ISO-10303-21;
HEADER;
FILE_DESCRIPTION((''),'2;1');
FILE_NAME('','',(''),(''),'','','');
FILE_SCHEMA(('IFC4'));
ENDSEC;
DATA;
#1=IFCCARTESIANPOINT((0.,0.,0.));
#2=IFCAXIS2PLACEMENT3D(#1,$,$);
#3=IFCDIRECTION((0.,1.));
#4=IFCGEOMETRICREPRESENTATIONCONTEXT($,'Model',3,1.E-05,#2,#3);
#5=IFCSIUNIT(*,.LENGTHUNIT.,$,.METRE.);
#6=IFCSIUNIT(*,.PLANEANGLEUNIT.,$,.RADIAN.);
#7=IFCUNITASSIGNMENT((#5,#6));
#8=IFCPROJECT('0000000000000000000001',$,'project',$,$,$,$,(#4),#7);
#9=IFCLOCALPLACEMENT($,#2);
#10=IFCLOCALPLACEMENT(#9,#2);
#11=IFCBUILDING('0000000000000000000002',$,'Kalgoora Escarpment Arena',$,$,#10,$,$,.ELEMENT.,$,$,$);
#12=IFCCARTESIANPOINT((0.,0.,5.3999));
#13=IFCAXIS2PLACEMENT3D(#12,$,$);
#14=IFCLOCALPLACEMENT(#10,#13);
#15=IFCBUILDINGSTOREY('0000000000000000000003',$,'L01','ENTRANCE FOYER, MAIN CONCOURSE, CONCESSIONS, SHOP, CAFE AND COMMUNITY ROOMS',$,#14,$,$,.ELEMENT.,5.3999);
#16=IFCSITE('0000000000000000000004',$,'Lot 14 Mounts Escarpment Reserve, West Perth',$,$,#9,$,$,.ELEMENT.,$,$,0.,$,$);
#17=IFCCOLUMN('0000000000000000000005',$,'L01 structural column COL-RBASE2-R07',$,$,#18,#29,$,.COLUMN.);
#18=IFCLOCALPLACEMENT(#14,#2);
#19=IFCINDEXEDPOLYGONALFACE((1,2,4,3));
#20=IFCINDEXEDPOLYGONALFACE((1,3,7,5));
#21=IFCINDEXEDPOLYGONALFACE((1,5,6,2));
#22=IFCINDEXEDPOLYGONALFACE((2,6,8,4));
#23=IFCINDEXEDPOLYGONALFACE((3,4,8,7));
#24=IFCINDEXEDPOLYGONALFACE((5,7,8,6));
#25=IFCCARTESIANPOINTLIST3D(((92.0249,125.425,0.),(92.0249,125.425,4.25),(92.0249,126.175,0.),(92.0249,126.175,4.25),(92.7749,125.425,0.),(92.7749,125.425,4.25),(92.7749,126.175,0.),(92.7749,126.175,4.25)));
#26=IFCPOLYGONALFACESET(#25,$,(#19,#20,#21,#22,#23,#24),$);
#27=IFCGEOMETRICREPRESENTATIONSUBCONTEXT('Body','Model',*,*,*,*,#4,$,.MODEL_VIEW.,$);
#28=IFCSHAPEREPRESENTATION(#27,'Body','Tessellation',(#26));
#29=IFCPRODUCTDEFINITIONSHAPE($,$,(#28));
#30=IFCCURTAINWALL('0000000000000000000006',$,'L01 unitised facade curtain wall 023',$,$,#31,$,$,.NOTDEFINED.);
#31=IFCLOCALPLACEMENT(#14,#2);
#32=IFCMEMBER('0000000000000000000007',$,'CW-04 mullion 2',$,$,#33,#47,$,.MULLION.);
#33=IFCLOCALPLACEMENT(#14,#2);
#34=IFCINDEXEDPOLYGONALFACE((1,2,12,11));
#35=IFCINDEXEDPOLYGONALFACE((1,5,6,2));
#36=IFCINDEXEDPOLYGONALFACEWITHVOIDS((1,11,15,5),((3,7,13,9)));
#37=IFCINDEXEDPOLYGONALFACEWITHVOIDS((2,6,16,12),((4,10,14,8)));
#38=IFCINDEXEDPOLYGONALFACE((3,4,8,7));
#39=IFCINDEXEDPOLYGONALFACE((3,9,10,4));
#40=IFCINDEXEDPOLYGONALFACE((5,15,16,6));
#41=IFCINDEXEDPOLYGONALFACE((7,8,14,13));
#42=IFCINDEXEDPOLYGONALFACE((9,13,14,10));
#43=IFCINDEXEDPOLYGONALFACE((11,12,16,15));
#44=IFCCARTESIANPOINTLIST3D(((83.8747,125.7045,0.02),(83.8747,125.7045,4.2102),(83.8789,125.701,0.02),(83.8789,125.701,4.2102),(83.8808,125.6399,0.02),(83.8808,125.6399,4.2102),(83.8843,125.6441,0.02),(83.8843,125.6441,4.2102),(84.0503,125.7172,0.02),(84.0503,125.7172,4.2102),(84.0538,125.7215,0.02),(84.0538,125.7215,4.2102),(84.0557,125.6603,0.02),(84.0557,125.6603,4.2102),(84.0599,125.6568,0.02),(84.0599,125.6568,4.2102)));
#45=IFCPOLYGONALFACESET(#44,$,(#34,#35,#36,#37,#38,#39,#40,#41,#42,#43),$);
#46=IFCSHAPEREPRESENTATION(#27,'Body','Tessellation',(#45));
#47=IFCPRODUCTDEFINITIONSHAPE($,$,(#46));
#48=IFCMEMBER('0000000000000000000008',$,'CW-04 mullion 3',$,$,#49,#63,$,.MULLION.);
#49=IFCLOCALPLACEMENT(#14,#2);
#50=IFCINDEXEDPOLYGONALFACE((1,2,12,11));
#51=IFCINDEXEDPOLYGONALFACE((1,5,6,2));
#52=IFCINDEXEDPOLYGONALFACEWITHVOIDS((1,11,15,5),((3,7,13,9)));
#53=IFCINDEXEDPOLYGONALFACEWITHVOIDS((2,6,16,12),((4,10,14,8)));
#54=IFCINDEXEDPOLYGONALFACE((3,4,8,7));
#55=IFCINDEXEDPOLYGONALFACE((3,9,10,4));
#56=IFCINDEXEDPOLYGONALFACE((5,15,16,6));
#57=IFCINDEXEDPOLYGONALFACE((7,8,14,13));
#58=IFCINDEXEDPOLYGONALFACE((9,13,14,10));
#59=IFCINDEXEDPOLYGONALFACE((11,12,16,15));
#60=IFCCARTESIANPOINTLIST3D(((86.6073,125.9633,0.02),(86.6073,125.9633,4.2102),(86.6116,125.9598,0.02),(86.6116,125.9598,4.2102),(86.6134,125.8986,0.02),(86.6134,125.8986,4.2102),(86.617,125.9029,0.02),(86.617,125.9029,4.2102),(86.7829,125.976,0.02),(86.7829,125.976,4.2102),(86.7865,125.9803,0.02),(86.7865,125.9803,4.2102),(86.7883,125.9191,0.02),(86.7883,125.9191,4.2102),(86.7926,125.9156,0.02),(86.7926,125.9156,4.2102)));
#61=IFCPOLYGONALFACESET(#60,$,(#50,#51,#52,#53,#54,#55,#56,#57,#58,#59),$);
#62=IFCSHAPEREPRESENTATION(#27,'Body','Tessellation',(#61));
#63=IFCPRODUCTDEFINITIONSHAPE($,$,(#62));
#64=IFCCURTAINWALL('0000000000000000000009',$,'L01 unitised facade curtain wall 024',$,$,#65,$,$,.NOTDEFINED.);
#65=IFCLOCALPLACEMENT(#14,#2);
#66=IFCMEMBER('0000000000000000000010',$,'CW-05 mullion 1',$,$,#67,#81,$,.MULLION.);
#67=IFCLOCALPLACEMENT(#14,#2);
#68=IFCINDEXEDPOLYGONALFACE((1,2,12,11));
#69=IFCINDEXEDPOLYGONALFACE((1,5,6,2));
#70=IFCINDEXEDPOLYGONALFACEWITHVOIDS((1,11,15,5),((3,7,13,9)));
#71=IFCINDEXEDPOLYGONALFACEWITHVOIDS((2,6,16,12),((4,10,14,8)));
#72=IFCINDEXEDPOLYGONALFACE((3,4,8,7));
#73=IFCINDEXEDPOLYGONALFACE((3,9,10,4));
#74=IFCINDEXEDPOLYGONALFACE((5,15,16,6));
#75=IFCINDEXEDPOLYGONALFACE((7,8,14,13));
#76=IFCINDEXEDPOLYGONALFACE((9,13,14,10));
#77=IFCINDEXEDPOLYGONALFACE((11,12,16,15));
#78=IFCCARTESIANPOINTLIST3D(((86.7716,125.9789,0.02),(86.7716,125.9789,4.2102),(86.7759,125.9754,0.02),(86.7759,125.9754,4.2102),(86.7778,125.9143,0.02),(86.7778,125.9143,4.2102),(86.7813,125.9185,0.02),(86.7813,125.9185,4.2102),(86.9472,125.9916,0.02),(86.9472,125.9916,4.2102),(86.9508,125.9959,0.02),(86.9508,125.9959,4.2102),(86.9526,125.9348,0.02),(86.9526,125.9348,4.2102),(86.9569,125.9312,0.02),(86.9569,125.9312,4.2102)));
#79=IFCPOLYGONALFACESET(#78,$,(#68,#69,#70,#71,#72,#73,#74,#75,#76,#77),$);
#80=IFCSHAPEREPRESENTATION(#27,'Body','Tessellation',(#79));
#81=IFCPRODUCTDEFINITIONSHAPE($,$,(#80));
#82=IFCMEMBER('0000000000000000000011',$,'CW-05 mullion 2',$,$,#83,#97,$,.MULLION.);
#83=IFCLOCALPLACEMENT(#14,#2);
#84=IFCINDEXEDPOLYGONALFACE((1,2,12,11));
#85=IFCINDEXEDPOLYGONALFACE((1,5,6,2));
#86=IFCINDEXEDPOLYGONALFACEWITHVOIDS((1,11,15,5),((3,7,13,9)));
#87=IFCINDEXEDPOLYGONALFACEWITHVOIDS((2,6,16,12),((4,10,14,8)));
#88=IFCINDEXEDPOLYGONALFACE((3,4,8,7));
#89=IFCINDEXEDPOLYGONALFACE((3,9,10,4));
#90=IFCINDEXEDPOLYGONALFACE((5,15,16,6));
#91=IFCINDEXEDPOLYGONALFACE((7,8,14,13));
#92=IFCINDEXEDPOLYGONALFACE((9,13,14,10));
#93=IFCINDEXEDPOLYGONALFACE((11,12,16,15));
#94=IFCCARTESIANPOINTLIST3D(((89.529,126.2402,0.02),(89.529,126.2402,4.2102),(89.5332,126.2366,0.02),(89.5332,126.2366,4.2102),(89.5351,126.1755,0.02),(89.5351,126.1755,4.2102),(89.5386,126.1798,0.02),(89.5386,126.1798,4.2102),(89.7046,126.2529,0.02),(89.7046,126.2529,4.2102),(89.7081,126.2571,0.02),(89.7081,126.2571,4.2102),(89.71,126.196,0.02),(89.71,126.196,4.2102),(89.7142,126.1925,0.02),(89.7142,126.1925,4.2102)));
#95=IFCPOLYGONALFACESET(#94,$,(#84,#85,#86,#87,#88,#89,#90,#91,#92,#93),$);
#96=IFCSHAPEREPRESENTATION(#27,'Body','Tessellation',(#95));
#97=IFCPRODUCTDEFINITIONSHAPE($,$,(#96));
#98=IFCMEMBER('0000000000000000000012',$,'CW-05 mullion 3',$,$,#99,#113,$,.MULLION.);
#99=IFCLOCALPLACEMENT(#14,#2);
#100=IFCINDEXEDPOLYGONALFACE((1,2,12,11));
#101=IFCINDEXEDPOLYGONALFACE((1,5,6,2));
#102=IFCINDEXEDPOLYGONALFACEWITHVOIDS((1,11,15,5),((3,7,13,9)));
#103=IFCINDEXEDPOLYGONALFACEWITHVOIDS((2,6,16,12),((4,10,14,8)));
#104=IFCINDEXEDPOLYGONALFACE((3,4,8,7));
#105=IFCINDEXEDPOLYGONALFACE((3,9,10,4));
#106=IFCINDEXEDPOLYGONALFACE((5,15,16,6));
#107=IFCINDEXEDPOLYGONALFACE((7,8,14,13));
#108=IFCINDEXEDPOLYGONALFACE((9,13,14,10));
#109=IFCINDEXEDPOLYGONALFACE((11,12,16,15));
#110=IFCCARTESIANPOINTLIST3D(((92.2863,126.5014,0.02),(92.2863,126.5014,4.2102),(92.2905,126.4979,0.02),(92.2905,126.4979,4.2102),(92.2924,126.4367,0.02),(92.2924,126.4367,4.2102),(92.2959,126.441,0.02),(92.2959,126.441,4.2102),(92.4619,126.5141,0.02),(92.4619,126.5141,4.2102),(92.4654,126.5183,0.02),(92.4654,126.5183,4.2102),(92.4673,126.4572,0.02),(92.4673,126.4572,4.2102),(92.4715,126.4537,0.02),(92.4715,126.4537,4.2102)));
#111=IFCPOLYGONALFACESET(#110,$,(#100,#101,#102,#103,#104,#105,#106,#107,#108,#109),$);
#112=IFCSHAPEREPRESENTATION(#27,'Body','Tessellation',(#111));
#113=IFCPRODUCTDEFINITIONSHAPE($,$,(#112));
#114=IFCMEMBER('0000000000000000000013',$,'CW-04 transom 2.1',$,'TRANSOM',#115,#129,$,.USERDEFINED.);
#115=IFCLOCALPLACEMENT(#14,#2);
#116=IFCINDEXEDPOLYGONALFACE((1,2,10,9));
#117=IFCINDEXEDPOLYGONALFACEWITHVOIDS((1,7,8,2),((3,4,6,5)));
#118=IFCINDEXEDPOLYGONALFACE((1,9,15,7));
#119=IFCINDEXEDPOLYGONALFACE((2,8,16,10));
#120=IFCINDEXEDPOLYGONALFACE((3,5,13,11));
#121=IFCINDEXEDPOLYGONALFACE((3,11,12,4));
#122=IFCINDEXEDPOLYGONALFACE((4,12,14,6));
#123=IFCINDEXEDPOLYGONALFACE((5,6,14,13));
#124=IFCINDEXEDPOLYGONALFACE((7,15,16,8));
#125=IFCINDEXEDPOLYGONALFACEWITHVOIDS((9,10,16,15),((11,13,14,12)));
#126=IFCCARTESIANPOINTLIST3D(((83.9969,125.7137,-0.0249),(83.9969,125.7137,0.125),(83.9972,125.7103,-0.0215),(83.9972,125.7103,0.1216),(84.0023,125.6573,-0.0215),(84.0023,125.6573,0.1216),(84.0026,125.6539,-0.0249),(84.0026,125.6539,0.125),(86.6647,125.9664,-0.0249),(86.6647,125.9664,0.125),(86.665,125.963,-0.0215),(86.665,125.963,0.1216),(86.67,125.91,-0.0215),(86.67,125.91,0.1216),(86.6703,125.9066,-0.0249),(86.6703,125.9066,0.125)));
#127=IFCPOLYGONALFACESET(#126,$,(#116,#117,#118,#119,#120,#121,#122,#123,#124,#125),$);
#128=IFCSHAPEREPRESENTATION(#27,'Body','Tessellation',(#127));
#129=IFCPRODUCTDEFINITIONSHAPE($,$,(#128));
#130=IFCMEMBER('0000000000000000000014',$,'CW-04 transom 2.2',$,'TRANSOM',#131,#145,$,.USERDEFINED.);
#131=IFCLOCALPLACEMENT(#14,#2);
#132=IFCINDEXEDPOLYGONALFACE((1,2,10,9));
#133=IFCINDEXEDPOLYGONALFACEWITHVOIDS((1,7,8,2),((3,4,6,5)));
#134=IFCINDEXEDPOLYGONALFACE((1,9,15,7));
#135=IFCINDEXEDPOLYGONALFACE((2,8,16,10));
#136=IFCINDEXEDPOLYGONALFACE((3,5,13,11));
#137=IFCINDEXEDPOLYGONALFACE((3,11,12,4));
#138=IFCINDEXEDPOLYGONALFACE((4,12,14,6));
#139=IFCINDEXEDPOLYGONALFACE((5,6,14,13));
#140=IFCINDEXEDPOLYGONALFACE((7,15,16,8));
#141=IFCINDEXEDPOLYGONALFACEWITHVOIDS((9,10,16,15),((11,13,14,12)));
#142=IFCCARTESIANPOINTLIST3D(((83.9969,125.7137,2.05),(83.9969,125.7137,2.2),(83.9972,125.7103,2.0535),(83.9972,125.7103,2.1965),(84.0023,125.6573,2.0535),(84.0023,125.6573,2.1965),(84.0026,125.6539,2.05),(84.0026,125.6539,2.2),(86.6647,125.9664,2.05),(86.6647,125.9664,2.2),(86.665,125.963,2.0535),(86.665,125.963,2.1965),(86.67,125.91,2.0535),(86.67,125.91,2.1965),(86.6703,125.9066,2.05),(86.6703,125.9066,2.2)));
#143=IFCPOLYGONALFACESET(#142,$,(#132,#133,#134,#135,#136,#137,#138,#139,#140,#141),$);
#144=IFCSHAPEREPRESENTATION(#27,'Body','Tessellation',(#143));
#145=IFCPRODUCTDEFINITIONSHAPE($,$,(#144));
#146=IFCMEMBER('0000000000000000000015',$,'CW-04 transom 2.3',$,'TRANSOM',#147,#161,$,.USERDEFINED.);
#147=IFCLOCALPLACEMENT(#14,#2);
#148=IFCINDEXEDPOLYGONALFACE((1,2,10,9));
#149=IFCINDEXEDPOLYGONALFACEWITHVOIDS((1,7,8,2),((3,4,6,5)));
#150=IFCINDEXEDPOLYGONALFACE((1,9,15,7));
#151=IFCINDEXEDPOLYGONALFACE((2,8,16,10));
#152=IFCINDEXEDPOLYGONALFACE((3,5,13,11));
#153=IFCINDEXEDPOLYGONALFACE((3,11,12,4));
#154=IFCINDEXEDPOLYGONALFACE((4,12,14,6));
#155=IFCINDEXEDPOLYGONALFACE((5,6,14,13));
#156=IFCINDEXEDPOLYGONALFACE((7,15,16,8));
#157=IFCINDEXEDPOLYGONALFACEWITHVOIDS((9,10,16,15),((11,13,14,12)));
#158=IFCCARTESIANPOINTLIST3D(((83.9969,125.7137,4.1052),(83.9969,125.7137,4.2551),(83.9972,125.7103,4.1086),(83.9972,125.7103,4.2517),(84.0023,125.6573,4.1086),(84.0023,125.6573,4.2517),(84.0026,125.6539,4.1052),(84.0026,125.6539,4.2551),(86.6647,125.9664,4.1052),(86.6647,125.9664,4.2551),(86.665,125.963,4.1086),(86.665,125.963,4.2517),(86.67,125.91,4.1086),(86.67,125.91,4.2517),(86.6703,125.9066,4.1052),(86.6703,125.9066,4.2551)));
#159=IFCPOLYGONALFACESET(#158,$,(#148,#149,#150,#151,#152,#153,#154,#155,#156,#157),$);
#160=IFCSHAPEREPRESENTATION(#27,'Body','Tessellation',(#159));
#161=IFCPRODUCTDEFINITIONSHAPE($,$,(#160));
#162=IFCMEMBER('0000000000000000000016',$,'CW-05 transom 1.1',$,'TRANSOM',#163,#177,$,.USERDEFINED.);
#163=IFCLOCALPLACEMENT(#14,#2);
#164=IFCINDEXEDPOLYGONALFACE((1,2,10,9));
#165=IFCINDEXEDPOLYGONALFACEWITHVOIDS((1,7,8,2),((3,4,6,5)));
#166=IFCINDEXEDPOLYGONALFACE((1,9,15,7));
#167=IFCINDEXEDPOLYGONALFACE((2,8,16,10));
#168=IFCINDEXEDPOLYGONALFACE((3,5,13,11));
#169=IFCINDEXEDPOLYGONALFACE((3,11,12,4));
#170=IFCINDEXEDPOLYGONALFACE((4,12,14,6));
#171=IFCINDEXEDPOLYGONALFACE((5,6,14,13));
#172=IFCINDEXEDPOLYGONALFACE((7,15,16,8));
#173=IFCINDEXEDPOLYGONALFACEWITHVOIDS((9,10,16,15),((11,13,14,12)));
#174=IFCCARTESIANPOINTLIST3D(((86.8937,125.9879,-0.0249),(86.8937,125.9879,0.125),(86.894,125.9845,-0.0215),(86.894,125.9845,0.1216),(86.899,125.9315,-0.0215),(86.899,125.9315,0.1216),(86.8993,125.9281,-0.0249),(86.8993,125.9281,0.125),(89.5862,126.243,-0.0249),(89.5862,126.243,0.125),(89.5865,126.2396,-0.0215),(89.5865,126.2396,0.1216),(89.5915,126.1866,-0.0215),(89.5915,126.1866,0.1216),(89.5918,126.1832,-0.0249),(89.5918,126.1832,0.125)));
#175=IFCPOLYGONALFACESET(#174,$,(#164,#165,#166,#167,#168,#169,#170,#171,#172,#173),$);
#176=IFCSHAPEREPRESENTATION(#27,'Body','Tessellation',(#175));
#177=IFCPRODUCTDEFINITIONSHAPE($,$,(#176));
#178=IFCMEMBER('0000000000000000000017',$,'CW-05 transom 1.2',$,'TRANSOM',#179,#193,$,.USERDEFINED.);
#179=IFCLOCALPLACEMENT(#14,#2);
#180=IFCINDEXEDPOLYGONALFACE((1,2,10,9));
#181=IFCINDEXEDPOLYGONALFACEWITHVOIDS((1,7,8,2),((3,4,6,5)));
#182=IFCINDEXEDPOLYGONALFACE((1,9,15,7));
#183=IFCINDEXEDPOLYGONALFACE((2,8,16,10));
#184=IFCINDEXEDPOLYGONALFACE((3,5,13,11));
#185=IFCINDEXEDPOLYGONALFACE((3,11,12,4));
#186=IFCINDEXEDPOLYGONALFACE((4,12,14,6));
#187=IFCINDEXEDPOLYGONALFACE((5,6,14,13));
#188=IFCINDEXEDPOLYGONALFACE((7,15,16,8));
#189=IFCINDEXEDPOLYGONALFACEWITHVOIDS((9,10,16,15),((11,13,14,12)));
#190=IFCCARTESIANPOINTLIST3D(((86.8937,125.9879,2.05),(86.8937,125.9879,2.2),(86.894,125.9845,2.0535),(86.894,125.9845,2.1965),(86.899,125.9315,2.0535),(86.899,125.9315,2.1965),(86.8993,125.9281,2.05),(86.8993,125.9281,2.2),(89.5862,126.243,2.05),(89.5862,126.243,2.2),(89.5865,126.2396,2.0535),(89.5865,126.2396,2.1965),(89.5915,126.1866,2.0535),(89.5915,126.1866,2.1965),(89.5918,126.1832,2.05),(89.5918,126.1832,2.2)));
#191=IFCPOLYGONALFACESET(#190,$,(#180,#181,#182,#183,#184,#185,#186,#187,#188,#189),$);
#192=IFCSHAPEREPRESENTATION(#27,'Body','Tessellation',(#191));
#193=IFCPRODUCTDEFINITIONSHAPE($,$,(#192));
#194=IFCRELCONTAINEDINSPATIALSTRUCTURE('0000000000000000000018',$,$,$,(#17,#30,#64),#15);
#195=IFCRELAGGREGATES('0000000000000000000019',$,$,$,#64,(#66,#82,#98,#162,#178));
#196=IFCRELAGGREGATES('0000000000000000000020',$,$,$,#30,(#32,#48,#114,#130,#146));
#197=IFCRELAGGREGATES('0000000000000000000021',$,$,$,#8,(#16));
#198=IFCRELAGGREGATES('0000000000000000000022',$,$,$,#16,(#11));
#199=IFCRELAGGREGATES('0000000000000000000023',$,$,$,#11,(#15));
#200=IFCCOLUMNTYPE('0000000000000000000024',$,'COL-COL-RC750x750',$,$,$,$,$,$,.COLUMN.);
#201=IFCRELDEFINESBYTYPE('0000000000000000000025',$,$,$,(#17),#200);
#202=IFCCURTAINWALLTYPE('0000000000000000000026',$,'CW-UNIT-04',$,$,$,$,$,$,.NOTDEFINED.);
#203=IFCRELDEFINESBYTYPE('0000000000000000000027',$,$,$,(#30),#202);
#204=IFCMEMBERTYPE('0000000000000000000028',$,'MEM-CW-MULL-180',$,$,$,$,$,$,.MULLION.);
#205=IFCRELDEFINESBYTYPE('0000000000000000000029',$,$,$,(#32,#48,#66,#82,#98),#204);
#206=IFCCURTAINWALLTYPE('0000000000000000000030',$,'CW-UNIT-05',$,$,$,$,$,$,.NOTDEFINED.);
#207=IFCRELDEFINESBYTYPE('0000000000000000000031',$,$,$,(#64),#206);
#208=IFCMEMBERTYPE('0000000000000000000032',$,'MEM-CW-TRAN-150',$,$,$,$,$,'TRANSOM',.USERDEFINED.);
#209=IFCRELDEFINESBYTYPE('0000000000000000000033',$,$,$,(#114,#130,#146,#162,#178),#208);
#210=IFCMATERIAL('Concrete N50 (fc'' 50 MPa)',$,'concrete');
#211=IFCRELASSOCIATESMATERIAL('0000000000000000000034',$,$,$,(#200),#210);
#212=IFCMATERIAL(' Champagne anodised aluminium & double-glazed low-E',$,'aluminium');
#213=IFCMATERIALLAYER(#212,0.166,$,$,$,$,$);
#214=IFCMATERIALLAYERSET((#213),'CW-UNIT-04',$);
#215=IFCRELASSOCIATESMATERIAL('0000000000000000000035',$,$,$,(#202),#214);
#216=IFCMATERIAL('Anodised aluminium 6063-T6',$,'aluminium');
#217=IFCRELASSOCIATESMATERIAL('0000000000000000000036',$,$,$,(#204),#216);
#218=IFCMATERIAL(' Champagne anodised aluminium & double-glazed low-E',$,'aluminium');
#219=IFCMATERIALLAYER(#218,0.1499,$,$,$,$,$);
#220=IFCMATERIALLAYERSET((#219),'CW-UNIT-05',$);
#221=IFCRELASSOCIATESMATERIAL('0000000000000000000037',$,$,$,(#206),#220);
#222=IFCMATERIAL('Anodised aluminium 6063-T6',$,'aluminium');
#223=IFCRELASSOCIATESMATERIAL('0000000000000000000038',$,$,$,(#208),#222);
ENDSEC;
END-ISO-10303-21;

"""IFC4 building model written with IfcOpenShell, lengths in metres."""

from ifc_helpers import new_model, si_unit, direction, frame, origin, origin_2d, place, context, subcontext, project, spatial, rectangle, hollow_rectangle, extrude, material, layer, layer_set, material_profile, profile_set, type_object, element, aggregate, save


model = new_model("IFC4")

# Units and contexts
model_context = context("Model", 3, precision=1e-05, world=origin(), true_north=direction((0.0, 1.0)))
body_context = subcontext(model_context, "Body", "Model", "MODEL_VIEW")
ifc_project = project(units=[si_unit("LENGTHUNIT", "METRE"), si_unit("PLANEANGLEUNIT", "RADIAN")], contexts=[model_context])

# Site, building, storey
site_placement = place(None, origin())
site = spatial("IfcSite", under=ifc_project, at=site_placement, Name="Lot 14 Mounts Escarpment Reserve, West Perth", CompositionType="ELEMENT", RefElevation=0.0)
building_placement = place(site_placement, origin())
building = spatial("IfcBuilding", under=site, at=building_placement, Name="Kalgoora Escarpment Arena", CompositionType="ELEMENT")
storey_placement = place(building_placement, frame((0.0, 0.0, 5.3999)))
storey = spatial("IfcBuildingStorey", under=building, at=storey_placement, Name="L01", Description="ENTRANCE FOYER, MAIN CONCOURSE, CONCESSIONS, SHOP, CAFE AND COMMUNITY ROOMS", CompositionType="ELEMENT", Elevation=5.3999)

# Column
ifc_material_1 = material(Name="Concrete N50 (fc' 50 MPa)", Category="concrete")
ifc_material_profile_1 = material_profile(ifc_material_1, rectangle(XDim=0.75, YDim=0.75, at=origin_2d()))
ifc_profile_set_1 = profile_set([ifc_material_profile_1], Name="Concrete N50 (fc' 50 MPa)")
column_type = type_object("IfcColumnType", Name="COL-COL-RC750x750", PredefinedType="COLUMN", material=ifc_profile_set_1)
column_placement = place(storey_placement, frame((92.3999, 125.8, 0.0), z_axis=(0.0, 0.0, 1.0), x_axis=(0.0, 1.0, 0.0)))
element("IfcColumn", 1, at=column_placement, inside=storey, type_object=column_type, Name="L01 structural column COL-RBASE2-R07", PredefinedType="COLUMN", context=body_context, shape_type="SweptSolid", body=[
    extrude(rectangle(XDim=0.75, YDim=0.75, at=origin_2d()), origin(), (0.0, 0.0, 1.0), 4.25),
])

# Curtain walls, members
ifc_material_2 = material(Name=" Champagne anodised aluminium & double-glazed low-E", Category="aluminium")
ifc_layer_1 = layer(ifc_material_2, 0.166)
ifc_layer_set_1 = layer_set([ifc_layer_1], Name="CW-UNIT-04")
curtain_wall_type_1 = type_object("IfcCurtainWallType", Name="CW-UNIT-04", PredefinedType="NOTDEFINED", material=ifc_layer_set_1)
curtain_wall_1_placement = place(storey_placement, origin())
curtain_wall_1 = element("IfcCurtainWall", 2, at=curtain_wall_1_placement, inside=storey, type_object=curtain_wall_type_1, Name="L01 unitised facade curtain wall 023", PredefinedType="NOTDEFINED")
ifc_material_3 = material(Name="Anodised aluminium 6063-T6", Category="aluminium")
ifc_material_profile_2 = material_profile(ifc_material_3, hollow_rectangle(XDim=0.0649, YDim=0.1799, WallThickness=0.0039, at=origin_2d()))
ifc_profile_set_2 = profile_set([ifc_material_profile_2], Name="Anodised aluminium 6063-T6")
member_type_1 = type_object("IfcMemberType", Name="MEM-CW-MULL-180", PredefinedType="MULLION", material=ifc_profile_set_2)
member_1_placement = place(storey_placement, frame((83.9673, 125.6807, 0.02), z_axis=(0.0, 0.0, 1.0), x_axis=(-0.094301, 0.995544, 0.0)))
member_1 = element("IfcMember", 3, at=member_1_placement, type_object=member_type_1, Name="CW-04 mullion 2", PredefinedType="MULLION", context=body_context, shape_type="SweptSolid", body=[
    extrude(hollow_rectangle(XDim=0.0649, YDim=0.1799, WallThickness=0.0039, at=origin_2d()), origin(), (0.0, 0.0, 1.0), 4.1902),
])
member_2_placement = place(storey_placement, frame((86.7, 125.9395, 0.02), z_axis=(0.0, 0.0, 1.0), x_axis=(-0.094301, 0.995544, 0.0)))
member_2 = element("IfcMember", 4, at=member_2_placement, type_object=member_type_1, Name="CW-04 mullion 3", PredefinedType="MULLION", context=body_context, shape_type="SweptSolid", body=[
    extrude(hollow_rectangle(XDim=0.0649, YDim=0.1799, WallThickness=0.0039, at=origin_2d()), origin(), (0.0, 0.0, 1.0), 4.1902),
])
ifc_material_4 = material(Name=" Champagne anodised aluminium & double-glazed low-E", Category="aluminium")
ifc_layer_2 = layer(ifc_material_4, 0.1499)
ifc_layer_set_2 = layer_set([ifc_layer_2], Name="CW-UNIT-05")
curtain_wall_type_2 = type_object("IfcCurtainWallType", Name="CW-UNIT-05", PredefinedType="NOTDEFINED", material=ifc_layer_set_2)
curtain_wall_2_placement = place(storey_placement, origin())
curtain_wall_2 = element("IfcCurtainWall", 5, at=curtain_wall_2_placement, inside=storey, type_object=curtain_wall_type_2, Name="L01 unitised facade curtain wall 024", PredefinedType="NOTDEFINED")
member_3_placement = place(storey_placement, frame((86.8643, 125.9551, 0.02), z_axis=(0.0, 0.0, 1.0), x_axis=(-0.0943, 0.995544, 0.0)))
member_3 = element("IfcMember", 6, at=member_3_placement, type_object=member_type_1, Name="CW-05 mullion 1", PredefinedType="MULLION", context=body_context, shape_type="SweptSolid", body=[
    extrude(hollow_rectangle(XDim=0.0649, YDim=0.1799, WallThickness=0.0039, at=origin_2d()), origin(), (0.0, 0.0, 1.0), 4.1902),
])
member_4_placement = place(storey_placement, frame((89.6216, 126.2163, 0.02), z_axis=(0.0, 0.0, 1.0), x_axis=(-0.0943, 0.995544, 0.0)))
member_4 = element("IfcMember", 7, at=member_4_placement, type_object=member_type_1, Name="CW-05 mullion 2", PredefinedType="MULLION", context=body_context, shape_type="SweptSolid", body=[
    extrude(hollow_rectangle(XDim=0.0649, YDim=0.1799, WallThickness=0.0039, at=origin_2d()), origin(), (0.0, 0.0, 1.0), 4.1902),
])
member_5_placement = place(storey_placement, frame((92.3789, 126.4775, 0.02), z_axis=(0.0, 0.0, 1.0), x_axis=(-0.0943, 0.995544, 0.0)))
member_5 = element("IfcMember", 8, at=member_5_placement, type_object=member_type_1, Name="CW-05 mullion 3", PredefinedType="MULLION", context=body_context, shape_type="SweptSolid", body=[
    extrude(hollow_rectangle(XDim=0.0649, YDim=0.1799, WallThickness=0.0039, at=origin_2d()), origin(), (0.0, 0.0, 1.0), 4.1902),
])

# Members
ifc_material_5 = material(Name="Anodised aluminium 6063-T6", Category="aluminium")
ifc_material_profile_3 = material_profile(ifc_material_5, hollow_rectangle(XDim=0.0601, YDim=0.1499, WallThickness=0.0034, at=origin_2d()))
ifc_profile_set_3 = profile_set([ifc_material_profile_3], Name="Anodised aluminium 6063-T6")
member_type_2 = type_object("IfcMemberType", Name="MEM-CW-TRAN-150", ElementType="TRANSOM", PredefinedType="USERDEFINED", material=ifc_profile_set_3)
member_6_placement = place(storey_placement, frame((83.9998, 125.6838, 0.05), z_axis=(0.995544, 0.094297, 0.0), x_axis=(-0.094297, 0.995544, 0.0)))
member_6 = element("IfcMember", 9, at=member_6_placement, type_object=member_type_2, Name="CW-04 transom 2.1", ObjectType="TRANSOM", PredefinedType="USERDEFINED", context=body_context, shape_type="SweptSolid", body=[
    extrude(hollow_rectangle(XDim=0.0601, YDim=0.1499, WallThickness=0.0034, at=origin_2d()), origin(), (0.0, 0.0, 1.0), 2.6797),
])
member_7_placement = place(storey_placement, frame((83.9998, 125.6838, 2.125), z_axis=(0.995544, 0.094297, 0.0), x_axis=(-0.094297, 0.995544, 0.0)))
member_7 = element("IfcMember", 10, at=member_7_placement, type_object=member_type_2, Name="CW-04 transom 2.2", ObjectType="TRANSOM", PredefinedType="USERDEFINED", context=body_context, shape_type="SweptSolid", body=[
    extrude(hollow_rectangle(XDim=0.0601, YDim=0.1499, WallThickness=0.0034, at=origin_2d()), origin(), (0.0, 0.0, 1.0), 2.6797),
])
member_8_placement = place(storey_placement, frame((83.9998, 125.6838, 4.1802), z_axis=(0.995544, 0.094297, 0.0), x_axis=(-0.094297, 0.995544, 0.0)))
member_8 = element("IfcMember", 11, at=member_8_placement, type_object=member_type_2, Name="CW-04 transom 2.3", ObjectType="TRANSOM", PredefinedType="USERDEFINED", context=body_context, shape_type="SweptSolid", body=[
    extrude(hollow_rectangle(XDim=0.0601, YDim=0.1499, WallThickness=0.0034, at=origin_2d()), origin(), (0.0, 0.0, 1.0), 2.6797),
])
member_9_placement = place(storey_placement, frame((86.8965, 125.958, 0.05), z_axis=(0.995541, 0.094328, 0.0), x_axis=(-0.094328, 0.995541, 0.0)))
member_9 = element("IfcMember", 12, at=member_9_placement, type_object=member_type_2, Name="CW-05 transom 1.1", ObjectType="TRANSOM", PredefinedType="USERDEFINED", context=body_context, shape_type="SweptSolid", body=[
    extrude(hollow_rectangle(XDim=0.0601, YDim=0.1499, WallThickness=0.0034, at=origin_2d()), origin(), (0.0, 0.0, 1.0), 2.7046),
])
member_10_placement = place(storey_placement, frame((86.8965, 125.958, 2.125), z_axis=(0.995541, 0.094328, 0.0), x_axis=(-0.094328, 0.995541, 0.0)))
member_10 = element("IfcMember", 13, at=member_10_placement, type_object=member_type_2, Name="CW-05 transom 1.2", ObjectType="TRANSOM", PredefinedType="USERDEFINED", context=body_context, shape_type="SweptSolid", body=[
    extrude(hollow_rectangle(XDim=0.0601, YDim=0.1499, WallThickness=0.0034, at=origin_2d()), origin(), (0.0, 0.0, 1.0), 2.7046),
])

aggregate(curtain_wall_2, [member_3, member_4, member_5, member_9, member_10])
aggregate(curtain_wall_1, [member_1, member_2, member_6, member_7, member_8])

save(model, "model.ifc")
